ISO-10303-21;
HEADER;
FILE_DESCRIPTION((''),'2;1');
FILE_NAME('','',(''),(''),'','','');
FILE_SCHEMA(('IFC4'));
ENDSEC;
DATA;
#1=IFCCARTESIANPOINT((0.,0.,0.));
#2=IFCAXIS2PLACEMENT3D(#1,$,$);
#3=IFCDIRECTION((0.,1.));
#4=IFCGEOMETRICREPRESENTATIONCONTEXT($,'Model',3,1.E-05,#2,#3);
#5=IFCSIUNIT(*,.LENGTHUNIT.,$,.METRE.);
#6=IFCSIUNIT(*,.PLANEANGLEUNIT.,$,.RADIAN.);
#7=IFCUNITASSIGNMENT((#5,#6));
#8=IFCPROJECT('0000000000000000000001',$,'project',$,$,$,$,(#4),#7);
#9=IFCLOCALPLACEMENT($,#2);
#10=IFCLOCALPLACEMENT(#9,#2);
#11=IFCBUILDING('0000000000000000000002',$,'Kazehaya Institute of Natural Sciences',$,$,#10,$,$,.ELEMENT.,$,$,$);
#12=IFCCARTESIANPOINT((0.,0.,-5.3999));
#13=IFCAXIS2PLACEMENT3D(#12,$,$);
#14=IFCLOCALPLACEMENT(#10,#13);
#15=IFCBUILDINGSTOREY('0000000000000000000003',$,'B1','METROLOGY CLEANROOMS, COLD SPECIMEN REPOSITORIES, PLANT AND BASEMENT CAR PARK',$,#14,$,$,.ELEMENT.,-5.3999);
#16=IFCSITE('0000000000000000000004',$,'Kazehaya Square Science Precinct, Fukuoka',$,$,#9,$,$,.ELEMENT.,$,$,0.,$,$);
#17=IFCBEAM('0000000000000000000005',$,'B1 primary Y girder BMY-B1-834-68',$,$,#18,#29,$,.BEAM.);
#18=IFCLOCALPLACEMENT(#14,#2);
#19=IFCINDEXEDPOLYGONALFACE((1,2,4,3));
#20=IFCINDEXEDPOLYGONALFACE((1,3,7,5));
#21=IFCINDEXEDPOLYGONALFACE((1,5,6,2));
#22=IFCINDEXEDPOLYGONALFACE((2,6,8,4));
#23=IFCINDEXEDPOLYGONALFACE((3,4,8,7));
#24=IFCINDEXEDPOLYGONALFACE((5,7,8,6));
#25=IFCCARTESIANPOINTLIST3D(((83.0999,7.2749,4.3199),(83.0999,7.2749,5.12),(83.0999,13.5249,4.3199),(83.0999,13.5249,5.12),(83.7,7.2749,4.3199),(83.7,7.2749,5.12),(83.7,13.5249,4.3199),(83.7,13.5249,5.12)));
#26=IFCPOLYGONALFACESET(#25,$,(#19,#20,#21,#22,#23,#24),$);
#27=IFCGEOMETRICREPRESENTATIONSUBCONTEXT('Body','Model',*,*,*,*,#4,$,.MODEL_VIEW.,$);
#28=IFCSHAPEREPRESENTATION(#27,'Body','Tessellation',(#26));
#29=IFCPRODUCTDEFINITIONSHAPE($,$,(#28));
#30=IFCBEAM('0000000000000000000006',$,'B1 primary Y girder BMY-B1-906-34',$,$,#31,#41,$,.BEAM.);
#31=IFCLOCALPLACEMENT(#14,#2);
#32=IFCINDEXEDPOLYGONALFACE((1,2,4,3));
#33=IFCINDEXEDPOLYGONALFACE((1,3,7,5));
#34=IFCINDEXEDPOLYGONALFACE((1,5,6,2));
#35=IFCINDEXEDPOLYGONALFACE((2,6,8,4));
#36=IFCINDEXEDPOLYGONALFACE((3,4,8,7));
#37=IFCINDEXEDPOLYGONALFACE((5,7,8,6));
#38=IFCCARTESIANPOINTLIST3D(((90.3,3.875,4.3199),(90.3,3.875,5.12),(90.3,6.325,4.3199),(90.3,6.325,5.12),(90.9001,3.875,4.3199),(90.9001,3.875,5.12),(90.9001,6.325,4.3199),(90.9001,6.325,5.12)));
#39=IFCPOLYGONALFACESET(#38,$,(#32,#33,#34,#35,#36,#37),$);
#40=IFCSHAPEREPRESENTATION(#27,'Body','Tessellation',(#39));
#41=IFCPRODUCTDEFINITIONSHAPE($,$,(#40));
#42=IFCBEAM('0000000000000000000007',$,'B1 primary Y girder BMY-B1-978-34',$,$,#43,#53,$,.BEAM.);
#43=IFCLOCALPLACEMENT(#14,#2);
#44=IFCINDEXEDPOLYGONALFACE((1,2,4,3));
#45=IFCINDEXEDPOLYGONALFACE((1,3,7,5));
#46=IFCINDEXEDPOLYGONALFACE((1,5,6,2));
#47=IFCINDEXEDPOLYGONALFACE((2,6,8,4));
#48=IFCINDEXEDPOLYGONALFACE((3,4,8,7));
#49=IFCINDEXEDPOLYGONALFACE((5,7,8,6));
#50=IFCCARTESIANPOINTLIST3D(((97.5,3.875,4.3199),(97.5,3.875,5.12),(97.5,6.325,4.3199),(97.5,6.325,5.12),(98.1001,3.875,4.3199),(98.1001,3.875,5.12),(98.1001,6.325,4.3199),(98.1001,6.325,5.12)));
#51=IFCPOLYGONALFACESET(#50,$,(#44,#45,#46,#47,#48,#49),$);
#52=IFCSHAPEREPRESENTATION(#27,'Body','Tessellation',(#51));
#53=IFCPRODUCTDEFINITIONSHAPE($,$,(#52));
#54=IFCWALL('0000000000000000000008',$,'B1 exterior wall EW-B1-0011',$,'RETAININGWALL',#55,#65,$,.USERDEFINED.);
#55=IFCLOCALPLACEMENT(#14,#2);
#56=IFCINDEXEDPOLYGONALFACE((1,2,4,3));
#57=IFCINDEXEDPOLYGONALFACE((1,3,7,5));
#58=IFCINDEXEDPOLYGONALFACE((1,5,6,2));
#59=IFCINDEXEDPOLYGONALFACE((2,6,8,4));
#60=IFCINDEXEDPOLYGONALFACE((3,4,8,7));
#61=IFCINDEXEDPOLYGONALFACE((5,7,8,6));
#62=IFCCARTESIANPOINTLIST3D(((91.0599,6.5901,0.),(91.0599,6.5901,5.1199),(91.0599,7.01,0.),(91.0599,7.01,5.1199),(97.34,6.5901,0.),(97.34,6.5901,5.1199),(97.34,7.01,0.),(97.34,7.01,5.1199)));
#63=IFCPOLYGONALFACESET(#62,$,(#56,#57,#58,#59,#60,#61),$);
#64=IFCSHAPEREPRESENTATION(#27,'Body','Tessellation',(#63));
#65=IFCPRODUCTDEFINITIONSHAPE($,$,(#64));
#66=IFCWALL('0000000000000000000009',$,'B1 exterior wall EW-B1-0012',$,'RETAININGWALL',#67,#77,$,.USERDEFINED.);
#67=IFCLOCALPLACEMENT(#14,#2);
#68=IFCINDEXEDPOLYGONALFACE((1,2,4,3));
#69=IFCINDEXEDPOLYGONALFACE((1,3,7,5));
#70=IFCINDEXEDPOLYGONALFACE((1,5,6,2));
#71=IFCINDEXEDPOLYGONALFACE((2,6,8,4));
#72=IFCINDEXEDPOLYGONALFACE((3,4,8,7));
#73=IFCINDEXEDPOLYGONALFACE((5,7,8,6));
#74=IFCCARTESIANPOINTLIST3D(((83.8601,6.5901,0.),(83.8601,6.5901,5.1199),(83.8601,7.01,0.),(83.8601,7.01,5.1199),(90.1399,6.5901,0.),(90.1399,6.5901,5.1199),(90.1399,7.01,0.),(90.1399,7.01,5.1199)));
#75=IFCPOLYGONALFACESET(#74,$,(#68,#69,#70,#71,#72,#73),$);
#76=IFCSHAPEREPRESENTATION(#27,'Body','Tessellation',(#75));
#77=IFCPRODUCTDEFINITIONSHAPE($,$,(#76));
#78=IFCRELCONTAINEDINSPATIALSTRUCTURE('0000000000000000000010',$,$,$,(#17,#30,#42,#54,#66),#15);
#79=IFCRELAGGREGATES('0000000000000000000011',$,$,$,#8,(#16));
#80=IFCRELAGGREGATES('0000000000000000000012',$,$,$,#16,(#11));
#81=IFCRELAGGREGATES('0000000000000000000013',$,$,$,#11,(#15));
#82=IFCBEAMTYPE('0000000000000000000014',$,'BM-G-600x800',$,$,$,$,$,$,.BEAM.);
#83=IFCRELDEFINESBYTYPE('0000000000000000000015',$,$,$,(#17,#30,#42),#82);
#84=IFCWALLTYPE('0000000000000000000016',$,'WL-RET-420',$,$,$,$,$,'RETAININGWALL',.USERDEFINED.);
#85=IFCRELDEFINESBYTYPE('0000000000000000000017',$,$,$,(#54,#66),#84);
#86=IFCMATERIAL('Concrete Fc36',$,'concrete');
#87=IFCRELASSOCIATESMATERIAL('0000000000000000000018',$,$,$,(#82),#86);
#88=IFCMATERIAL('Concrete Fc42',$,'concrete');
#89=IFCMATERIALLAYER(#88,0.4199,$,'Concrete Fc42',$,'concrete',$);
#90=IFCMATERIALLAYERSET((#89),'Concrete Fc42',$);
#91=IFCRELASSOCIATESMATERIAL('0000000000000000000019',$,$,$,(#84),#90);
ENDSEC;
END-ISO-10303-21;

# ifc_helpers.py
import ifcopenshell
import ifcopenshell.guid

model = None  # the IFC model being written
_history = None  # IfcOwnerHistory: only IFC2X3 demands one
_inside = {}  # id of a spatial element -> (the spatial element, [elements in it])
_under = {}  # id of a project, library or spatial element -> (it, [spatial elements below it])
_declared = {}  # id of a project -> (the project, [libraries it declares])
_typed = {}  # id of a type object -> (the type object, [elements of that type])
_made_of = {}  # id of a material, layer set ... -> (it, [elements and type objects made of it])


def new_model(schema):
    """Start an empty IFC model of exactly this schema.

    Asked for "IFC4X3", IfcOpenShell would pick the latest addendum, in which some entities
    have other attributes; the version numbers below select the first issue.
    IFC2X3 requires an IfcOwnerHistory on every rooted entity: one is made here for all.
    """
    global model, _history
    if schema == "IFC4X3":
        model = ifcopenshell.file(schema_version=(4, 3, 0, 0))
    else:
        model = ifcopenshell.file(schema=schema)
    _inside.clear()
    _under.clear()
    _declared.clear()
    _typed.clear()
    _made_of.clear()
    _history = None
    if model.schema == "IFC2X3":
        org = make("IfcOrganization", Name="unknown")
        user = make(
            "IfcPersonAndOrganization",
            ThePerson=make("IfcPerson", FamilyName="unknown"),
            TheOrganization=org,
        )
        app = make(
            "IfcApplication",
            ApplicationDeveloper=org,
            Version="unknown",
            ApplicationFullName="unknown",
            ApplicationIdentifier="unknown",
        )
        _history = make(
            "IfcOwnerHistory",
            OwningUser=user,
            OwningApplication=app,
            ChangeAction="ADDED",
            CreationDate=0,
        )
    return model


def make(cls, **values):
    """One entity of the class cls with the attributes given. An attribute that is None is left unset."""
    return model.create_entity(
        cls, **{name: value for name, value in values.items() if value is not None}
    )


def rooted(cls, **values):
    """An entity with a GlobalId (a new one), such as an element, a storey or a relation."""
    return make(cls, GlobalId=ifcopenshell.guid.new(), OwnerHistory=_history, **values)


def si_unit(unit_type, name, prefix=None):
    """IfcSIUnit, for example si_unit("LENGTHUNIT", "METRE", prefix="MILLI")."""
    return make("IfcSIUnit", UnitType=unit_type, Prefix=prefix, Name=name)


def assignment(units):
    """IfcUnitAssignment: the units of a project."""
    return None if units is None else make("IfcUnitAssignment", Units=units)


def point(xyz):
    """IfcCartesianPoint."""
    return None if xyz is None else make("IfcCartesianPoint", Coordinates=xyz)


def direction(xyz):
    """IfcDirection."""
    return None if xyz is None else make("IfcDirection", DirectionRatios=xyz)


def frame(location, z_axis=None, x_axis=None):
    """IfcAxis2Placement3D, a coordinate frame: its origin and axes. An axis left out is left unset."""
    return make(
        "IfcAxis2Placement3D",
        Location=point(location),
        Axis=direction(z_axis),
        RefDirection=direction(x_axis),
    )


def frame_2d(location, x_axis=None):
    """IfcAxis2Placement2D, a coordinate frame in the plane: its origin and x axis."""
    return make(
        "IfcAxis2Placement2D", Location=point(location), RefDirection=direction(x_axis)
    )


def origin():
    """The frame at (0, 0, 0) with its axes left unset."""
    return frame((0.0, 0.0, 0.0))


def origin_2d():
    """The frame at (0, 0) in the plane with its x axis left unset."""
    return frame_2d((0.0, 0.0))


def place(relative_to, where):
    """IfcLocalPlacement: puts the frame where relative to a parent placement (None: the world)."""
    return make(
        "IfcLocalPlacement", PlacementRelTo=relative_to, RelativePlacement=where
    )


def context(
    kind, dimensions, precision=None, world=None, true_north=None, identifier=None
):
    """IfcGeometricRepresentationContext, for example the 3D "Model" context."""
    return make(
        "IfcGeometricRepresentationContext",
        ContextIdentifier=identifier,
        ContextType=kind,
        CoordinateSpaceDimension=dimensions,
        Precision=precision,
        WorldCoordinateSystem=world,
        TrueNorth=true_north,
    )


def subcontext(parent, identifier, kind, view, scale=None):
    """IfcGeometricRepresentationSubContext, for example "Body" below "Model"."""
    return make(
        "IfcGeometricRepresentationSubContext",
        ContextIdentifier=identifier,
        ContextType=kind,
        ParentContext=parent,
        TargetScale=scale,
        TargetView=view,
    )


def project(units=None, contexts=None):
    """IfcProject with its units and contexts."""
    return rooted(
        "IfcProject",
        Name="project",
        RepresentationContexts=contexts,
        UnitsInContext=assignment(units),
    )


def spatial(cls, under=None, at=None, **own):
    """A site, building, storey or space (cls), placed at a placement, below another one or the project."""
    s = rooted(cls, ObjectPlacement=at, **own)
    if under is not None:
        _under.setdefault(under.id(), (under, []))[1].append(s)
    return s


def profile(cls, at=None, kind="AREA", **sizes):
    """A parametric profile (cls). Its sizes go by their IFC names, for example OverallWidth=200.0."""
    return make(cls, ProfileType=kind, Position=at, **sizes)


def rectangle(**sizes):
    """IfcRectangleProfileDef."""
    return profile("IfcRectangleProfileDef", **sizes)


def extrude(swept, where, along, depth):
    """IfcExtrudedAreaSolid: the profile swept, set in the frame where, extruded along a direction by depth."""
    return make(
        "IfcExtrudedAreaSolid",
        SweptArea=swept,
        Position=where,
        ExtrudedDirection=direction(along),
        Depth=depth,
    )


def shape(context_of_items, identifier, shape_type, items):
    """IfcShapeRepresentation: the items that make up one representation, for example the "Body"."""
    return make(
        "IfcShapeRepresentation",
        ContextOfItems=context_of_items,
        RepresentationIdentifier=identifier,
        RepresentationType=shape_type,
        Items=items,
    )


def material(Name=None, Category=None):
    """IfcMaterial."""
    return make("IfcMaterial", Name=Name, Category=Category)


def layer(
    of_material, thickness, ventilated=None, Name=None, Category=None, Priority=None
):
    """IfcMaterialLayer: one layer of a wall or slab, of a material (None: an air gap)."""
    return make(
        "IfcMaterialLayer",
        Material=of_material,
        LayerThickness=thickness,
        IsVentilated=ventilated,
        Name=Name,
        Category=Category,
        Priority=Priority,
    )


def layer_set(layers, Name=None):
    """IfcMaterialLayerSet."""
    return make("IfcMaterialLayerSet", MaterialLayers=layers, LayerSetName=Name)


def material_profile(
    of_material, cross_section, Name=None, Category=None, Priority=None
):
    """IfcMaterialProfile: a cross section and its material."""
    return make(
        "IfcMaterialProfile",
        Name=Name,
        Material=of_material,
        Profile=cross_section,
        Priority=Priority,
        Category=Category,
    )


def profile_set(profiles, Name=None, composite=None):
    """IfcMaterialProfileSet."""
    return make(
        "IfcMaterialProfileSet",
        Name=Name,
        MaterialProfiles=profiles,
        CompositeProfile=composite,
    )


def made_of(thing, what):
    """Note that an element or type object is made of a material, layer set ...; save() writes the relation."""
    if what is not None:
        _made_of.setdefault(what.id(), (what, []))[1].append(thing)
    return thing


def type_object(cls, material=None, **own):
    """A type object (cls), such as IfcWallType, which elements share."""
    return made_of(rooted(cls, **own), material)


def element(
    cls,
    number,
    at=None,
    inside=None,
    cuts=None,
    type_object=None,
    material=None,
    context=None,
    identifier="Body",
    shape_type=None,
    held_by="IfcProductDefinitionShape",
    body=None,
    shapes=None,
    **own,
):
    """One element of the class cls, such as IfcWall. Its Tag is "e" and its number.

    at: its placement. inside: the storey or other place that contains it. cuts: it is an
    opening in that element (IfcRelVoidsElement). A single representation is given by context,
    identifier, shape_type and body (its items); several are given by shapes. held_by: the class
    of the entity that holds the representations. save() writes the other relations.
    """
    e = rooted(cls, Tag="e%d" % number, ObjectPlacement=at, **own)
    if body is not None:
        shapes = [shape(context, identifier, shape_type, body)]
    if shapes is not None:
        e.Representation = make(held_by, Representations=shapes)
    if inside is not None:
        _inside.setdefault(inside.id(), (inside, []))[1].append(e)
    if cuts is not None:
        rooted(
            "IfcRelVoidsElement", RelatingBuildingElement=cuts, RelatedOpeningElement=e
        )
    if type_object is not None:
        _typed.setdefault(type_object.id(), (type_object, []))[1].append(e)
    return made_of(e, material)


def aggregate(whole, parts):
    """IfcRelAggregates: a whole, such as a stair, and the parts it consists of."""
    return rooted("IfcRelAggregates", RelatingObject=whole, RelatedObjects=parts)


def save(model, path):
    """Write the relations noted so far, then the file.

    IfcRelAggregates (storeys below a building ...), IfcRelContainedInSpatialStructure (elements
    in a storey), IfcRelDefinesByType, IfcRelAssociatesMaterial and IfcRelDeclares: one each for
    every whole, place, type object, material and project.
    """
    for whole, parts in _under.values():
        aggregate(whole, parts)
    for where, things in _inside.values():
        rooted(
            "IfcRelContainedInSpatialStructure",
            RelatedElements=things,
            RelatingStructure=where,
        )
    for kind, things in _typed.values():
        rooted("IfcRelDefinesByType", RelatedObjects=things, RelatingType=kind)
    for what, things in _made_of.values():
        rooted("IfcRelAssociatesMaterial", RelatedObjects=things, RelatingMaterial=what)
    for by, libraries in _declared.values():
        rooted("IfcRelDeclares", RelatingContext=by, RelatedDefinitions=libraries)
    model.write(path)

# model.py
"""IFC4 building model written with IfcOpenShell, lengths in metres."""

from ifc_helpers import new_model, si_unit, direction, frame, frame_2d, origin, origin_2d, place, context, subcontext, project, spatial, rectangle, extrude, material, layer, layer_set, material_profile, profile_set, type_object, element, save


model = new_model("IFC4")

# Units and contexts
model_context = context("Model", 3, precision=1e-05, world=origin(), true_north=direction((0.0, 1.0)))
body_context = subcontext(model_context, "Body", "Model", "MODEL_VIEW")
ifc_project = project(units=[si_unit("LENGTHUNIT", "METRE"), si_unit("PLANEANGLEUNIT", "RADIAN")], contexts=[model_context])

# Site, building, storey
site_placement = place(None, origin())
site = spatial("IfcSite", under=ifc_project, at=site_placement, Name="Kazehaya Square Science Precinct, Fukuoka", CompositionType="ELEMENT", RefElevation=0.0)
building_placement = place(site_placement, origin())
building = spatial("IfcBuilding", under=site, at=building_placement, Name="Kazehaya Institute of Natural Sciences", CompositionType="ELEMENT")
storey_placement = place(building_placement, frame((0.0, 0.0, -5.3999)))
storey = spatial("IfcBuildingStorey", under=building, at=storey_placement, Name="B1", Description="METROLOGY CLEANROOMS, COLD SPECIMEN REPOSITORIES, PLANT AND BASEMENT CAR PARK", CompositionType="ELEMENT", Elevation=-5.3999)

# Shared definitions
ifc_material_1 = material(Name="Concrete Fc36", Category="concrete")

# Shared definitions
ifc_material_2 = material(Name="Concrete Fc42", Category="concrete")

# Beams
ifc_material_profile_1 = material_profile(ifc_material_1, rectangle(XDim=0.6001, YDim=0.8, at=origin_2d()), Name="RC-600x800")
ifc_profile_set_1 = profile_set([ifc_material_profile_1], Name="Concrete Fc36")
beam_type = type_object("IfcBeamType", Name="BM-G-600x800", PredefinedType="BEAM", material=ifc_profile_set_1)
beam_1_placement = place(storey_placement, frame((83.3999, 7.2749, 4.72), z_axis=(0.0, 1.0, 0.0), x_axis=(-1.0, 0.0, 0.0)))
element("IfcBeam", 1, at=beam_1_placement, inside=storey, type_object=beam_type, Name="B1 primary Y girder BMY-B1-834-68", PredefinedType="BEAM", context=body_context, shape_type="SweptSolid", body=[
    extrude(rectangle(XDim=0.6001, YDim=0.8, at=origin_2d()), origin(), (0.0, 0.0, 1.0), 6.25),
])
for number, where, z_axis, x_axis, name in (
    (2, (90.6001, 3.875, 4.72), (0.0, 1.0, 0.0), (-1.0, 0.0, 0.0), "B1 primary Y girder BMY-B1-906-34"),
    (3, (97.8, 3.875, 4.72), (0.0, 1.0, 0.0), (-1.0, 0.0, 0.0), "B1 primary Y girder BMY-B1-978-34"),
):
    element("IfcBeam", number, at=place(storey_placement, frame(where, z_axis=z_axis, x_axis=x_axis)), inside=storey, type_object=beam_type, Name=name, PredefinedType="BEAM", context=body_context, shape_type="SweptSolid", body=[
        extrude(rectangle(XDim=0.6001, YDim=0.8, at=origin_2d()), origin(), (0.0, 0.0, 1.0), 2.45),
    ])

# Walls
ifc_layer = layer(ifc_material_2, 0.4199, Name="Concrete Fc42", Category="concrete")
ifc_layer_set = layer_set([ifc_layer], Name="Concrete Fc42")
wall_type = type_object("IfcWallType", Name="WL-RET-420", ElementType="RETAININGWALL", PredefinedType="USERDEFINED", material=ifc_layer_set)
wall_1_placement = place(storey_placement, frame((97.3401, 6.8, 0.0), z_axis=(0.0, 0.0, 1.0), x_axis=(-1.0, 0.0, 0.0)))
element("IfcWall", 4, at=wall_1_placement, inside=storey, type_object=wall_type, Name="B1 exterior wall EW-B1-0011", ObjectType="RETAININGWALL", PredefinedType="USERDEFINED", context=body_context, shape_type="SweptSolid", body=[
    extrude(rectangle(XDim=6.28, YDim=0.4199, at=frame_2d((3.1401, 0.0))), origin(), (0.0, 0.0, 1.0), 5.1199),
])
wall_2_placement = place(storey_placement, frame((90.1399, 6.8, 0.0), z_axis=(0.0, 0.0, 1.0), x_axis=(-1.0, 0.0, 0.0)))
element("IfcWall", 5, at=wall_2_placement, inside=storey, type_object=wall_type, Name="B1 exterior wall EW-B1-0012", ObjectType="RETAININGWALL", PredefinedType="USERDEFINED", context=body_context, shape_type="SweptSolid", body=[
    extrude(rectangle(XDim=6.2798, YDim=0.4199, at=frame_2d((3.1399, 0.0))), origin(), (0.0, 0.0, 1.0), 5.1199),
])

save(model, "model.ifc")
